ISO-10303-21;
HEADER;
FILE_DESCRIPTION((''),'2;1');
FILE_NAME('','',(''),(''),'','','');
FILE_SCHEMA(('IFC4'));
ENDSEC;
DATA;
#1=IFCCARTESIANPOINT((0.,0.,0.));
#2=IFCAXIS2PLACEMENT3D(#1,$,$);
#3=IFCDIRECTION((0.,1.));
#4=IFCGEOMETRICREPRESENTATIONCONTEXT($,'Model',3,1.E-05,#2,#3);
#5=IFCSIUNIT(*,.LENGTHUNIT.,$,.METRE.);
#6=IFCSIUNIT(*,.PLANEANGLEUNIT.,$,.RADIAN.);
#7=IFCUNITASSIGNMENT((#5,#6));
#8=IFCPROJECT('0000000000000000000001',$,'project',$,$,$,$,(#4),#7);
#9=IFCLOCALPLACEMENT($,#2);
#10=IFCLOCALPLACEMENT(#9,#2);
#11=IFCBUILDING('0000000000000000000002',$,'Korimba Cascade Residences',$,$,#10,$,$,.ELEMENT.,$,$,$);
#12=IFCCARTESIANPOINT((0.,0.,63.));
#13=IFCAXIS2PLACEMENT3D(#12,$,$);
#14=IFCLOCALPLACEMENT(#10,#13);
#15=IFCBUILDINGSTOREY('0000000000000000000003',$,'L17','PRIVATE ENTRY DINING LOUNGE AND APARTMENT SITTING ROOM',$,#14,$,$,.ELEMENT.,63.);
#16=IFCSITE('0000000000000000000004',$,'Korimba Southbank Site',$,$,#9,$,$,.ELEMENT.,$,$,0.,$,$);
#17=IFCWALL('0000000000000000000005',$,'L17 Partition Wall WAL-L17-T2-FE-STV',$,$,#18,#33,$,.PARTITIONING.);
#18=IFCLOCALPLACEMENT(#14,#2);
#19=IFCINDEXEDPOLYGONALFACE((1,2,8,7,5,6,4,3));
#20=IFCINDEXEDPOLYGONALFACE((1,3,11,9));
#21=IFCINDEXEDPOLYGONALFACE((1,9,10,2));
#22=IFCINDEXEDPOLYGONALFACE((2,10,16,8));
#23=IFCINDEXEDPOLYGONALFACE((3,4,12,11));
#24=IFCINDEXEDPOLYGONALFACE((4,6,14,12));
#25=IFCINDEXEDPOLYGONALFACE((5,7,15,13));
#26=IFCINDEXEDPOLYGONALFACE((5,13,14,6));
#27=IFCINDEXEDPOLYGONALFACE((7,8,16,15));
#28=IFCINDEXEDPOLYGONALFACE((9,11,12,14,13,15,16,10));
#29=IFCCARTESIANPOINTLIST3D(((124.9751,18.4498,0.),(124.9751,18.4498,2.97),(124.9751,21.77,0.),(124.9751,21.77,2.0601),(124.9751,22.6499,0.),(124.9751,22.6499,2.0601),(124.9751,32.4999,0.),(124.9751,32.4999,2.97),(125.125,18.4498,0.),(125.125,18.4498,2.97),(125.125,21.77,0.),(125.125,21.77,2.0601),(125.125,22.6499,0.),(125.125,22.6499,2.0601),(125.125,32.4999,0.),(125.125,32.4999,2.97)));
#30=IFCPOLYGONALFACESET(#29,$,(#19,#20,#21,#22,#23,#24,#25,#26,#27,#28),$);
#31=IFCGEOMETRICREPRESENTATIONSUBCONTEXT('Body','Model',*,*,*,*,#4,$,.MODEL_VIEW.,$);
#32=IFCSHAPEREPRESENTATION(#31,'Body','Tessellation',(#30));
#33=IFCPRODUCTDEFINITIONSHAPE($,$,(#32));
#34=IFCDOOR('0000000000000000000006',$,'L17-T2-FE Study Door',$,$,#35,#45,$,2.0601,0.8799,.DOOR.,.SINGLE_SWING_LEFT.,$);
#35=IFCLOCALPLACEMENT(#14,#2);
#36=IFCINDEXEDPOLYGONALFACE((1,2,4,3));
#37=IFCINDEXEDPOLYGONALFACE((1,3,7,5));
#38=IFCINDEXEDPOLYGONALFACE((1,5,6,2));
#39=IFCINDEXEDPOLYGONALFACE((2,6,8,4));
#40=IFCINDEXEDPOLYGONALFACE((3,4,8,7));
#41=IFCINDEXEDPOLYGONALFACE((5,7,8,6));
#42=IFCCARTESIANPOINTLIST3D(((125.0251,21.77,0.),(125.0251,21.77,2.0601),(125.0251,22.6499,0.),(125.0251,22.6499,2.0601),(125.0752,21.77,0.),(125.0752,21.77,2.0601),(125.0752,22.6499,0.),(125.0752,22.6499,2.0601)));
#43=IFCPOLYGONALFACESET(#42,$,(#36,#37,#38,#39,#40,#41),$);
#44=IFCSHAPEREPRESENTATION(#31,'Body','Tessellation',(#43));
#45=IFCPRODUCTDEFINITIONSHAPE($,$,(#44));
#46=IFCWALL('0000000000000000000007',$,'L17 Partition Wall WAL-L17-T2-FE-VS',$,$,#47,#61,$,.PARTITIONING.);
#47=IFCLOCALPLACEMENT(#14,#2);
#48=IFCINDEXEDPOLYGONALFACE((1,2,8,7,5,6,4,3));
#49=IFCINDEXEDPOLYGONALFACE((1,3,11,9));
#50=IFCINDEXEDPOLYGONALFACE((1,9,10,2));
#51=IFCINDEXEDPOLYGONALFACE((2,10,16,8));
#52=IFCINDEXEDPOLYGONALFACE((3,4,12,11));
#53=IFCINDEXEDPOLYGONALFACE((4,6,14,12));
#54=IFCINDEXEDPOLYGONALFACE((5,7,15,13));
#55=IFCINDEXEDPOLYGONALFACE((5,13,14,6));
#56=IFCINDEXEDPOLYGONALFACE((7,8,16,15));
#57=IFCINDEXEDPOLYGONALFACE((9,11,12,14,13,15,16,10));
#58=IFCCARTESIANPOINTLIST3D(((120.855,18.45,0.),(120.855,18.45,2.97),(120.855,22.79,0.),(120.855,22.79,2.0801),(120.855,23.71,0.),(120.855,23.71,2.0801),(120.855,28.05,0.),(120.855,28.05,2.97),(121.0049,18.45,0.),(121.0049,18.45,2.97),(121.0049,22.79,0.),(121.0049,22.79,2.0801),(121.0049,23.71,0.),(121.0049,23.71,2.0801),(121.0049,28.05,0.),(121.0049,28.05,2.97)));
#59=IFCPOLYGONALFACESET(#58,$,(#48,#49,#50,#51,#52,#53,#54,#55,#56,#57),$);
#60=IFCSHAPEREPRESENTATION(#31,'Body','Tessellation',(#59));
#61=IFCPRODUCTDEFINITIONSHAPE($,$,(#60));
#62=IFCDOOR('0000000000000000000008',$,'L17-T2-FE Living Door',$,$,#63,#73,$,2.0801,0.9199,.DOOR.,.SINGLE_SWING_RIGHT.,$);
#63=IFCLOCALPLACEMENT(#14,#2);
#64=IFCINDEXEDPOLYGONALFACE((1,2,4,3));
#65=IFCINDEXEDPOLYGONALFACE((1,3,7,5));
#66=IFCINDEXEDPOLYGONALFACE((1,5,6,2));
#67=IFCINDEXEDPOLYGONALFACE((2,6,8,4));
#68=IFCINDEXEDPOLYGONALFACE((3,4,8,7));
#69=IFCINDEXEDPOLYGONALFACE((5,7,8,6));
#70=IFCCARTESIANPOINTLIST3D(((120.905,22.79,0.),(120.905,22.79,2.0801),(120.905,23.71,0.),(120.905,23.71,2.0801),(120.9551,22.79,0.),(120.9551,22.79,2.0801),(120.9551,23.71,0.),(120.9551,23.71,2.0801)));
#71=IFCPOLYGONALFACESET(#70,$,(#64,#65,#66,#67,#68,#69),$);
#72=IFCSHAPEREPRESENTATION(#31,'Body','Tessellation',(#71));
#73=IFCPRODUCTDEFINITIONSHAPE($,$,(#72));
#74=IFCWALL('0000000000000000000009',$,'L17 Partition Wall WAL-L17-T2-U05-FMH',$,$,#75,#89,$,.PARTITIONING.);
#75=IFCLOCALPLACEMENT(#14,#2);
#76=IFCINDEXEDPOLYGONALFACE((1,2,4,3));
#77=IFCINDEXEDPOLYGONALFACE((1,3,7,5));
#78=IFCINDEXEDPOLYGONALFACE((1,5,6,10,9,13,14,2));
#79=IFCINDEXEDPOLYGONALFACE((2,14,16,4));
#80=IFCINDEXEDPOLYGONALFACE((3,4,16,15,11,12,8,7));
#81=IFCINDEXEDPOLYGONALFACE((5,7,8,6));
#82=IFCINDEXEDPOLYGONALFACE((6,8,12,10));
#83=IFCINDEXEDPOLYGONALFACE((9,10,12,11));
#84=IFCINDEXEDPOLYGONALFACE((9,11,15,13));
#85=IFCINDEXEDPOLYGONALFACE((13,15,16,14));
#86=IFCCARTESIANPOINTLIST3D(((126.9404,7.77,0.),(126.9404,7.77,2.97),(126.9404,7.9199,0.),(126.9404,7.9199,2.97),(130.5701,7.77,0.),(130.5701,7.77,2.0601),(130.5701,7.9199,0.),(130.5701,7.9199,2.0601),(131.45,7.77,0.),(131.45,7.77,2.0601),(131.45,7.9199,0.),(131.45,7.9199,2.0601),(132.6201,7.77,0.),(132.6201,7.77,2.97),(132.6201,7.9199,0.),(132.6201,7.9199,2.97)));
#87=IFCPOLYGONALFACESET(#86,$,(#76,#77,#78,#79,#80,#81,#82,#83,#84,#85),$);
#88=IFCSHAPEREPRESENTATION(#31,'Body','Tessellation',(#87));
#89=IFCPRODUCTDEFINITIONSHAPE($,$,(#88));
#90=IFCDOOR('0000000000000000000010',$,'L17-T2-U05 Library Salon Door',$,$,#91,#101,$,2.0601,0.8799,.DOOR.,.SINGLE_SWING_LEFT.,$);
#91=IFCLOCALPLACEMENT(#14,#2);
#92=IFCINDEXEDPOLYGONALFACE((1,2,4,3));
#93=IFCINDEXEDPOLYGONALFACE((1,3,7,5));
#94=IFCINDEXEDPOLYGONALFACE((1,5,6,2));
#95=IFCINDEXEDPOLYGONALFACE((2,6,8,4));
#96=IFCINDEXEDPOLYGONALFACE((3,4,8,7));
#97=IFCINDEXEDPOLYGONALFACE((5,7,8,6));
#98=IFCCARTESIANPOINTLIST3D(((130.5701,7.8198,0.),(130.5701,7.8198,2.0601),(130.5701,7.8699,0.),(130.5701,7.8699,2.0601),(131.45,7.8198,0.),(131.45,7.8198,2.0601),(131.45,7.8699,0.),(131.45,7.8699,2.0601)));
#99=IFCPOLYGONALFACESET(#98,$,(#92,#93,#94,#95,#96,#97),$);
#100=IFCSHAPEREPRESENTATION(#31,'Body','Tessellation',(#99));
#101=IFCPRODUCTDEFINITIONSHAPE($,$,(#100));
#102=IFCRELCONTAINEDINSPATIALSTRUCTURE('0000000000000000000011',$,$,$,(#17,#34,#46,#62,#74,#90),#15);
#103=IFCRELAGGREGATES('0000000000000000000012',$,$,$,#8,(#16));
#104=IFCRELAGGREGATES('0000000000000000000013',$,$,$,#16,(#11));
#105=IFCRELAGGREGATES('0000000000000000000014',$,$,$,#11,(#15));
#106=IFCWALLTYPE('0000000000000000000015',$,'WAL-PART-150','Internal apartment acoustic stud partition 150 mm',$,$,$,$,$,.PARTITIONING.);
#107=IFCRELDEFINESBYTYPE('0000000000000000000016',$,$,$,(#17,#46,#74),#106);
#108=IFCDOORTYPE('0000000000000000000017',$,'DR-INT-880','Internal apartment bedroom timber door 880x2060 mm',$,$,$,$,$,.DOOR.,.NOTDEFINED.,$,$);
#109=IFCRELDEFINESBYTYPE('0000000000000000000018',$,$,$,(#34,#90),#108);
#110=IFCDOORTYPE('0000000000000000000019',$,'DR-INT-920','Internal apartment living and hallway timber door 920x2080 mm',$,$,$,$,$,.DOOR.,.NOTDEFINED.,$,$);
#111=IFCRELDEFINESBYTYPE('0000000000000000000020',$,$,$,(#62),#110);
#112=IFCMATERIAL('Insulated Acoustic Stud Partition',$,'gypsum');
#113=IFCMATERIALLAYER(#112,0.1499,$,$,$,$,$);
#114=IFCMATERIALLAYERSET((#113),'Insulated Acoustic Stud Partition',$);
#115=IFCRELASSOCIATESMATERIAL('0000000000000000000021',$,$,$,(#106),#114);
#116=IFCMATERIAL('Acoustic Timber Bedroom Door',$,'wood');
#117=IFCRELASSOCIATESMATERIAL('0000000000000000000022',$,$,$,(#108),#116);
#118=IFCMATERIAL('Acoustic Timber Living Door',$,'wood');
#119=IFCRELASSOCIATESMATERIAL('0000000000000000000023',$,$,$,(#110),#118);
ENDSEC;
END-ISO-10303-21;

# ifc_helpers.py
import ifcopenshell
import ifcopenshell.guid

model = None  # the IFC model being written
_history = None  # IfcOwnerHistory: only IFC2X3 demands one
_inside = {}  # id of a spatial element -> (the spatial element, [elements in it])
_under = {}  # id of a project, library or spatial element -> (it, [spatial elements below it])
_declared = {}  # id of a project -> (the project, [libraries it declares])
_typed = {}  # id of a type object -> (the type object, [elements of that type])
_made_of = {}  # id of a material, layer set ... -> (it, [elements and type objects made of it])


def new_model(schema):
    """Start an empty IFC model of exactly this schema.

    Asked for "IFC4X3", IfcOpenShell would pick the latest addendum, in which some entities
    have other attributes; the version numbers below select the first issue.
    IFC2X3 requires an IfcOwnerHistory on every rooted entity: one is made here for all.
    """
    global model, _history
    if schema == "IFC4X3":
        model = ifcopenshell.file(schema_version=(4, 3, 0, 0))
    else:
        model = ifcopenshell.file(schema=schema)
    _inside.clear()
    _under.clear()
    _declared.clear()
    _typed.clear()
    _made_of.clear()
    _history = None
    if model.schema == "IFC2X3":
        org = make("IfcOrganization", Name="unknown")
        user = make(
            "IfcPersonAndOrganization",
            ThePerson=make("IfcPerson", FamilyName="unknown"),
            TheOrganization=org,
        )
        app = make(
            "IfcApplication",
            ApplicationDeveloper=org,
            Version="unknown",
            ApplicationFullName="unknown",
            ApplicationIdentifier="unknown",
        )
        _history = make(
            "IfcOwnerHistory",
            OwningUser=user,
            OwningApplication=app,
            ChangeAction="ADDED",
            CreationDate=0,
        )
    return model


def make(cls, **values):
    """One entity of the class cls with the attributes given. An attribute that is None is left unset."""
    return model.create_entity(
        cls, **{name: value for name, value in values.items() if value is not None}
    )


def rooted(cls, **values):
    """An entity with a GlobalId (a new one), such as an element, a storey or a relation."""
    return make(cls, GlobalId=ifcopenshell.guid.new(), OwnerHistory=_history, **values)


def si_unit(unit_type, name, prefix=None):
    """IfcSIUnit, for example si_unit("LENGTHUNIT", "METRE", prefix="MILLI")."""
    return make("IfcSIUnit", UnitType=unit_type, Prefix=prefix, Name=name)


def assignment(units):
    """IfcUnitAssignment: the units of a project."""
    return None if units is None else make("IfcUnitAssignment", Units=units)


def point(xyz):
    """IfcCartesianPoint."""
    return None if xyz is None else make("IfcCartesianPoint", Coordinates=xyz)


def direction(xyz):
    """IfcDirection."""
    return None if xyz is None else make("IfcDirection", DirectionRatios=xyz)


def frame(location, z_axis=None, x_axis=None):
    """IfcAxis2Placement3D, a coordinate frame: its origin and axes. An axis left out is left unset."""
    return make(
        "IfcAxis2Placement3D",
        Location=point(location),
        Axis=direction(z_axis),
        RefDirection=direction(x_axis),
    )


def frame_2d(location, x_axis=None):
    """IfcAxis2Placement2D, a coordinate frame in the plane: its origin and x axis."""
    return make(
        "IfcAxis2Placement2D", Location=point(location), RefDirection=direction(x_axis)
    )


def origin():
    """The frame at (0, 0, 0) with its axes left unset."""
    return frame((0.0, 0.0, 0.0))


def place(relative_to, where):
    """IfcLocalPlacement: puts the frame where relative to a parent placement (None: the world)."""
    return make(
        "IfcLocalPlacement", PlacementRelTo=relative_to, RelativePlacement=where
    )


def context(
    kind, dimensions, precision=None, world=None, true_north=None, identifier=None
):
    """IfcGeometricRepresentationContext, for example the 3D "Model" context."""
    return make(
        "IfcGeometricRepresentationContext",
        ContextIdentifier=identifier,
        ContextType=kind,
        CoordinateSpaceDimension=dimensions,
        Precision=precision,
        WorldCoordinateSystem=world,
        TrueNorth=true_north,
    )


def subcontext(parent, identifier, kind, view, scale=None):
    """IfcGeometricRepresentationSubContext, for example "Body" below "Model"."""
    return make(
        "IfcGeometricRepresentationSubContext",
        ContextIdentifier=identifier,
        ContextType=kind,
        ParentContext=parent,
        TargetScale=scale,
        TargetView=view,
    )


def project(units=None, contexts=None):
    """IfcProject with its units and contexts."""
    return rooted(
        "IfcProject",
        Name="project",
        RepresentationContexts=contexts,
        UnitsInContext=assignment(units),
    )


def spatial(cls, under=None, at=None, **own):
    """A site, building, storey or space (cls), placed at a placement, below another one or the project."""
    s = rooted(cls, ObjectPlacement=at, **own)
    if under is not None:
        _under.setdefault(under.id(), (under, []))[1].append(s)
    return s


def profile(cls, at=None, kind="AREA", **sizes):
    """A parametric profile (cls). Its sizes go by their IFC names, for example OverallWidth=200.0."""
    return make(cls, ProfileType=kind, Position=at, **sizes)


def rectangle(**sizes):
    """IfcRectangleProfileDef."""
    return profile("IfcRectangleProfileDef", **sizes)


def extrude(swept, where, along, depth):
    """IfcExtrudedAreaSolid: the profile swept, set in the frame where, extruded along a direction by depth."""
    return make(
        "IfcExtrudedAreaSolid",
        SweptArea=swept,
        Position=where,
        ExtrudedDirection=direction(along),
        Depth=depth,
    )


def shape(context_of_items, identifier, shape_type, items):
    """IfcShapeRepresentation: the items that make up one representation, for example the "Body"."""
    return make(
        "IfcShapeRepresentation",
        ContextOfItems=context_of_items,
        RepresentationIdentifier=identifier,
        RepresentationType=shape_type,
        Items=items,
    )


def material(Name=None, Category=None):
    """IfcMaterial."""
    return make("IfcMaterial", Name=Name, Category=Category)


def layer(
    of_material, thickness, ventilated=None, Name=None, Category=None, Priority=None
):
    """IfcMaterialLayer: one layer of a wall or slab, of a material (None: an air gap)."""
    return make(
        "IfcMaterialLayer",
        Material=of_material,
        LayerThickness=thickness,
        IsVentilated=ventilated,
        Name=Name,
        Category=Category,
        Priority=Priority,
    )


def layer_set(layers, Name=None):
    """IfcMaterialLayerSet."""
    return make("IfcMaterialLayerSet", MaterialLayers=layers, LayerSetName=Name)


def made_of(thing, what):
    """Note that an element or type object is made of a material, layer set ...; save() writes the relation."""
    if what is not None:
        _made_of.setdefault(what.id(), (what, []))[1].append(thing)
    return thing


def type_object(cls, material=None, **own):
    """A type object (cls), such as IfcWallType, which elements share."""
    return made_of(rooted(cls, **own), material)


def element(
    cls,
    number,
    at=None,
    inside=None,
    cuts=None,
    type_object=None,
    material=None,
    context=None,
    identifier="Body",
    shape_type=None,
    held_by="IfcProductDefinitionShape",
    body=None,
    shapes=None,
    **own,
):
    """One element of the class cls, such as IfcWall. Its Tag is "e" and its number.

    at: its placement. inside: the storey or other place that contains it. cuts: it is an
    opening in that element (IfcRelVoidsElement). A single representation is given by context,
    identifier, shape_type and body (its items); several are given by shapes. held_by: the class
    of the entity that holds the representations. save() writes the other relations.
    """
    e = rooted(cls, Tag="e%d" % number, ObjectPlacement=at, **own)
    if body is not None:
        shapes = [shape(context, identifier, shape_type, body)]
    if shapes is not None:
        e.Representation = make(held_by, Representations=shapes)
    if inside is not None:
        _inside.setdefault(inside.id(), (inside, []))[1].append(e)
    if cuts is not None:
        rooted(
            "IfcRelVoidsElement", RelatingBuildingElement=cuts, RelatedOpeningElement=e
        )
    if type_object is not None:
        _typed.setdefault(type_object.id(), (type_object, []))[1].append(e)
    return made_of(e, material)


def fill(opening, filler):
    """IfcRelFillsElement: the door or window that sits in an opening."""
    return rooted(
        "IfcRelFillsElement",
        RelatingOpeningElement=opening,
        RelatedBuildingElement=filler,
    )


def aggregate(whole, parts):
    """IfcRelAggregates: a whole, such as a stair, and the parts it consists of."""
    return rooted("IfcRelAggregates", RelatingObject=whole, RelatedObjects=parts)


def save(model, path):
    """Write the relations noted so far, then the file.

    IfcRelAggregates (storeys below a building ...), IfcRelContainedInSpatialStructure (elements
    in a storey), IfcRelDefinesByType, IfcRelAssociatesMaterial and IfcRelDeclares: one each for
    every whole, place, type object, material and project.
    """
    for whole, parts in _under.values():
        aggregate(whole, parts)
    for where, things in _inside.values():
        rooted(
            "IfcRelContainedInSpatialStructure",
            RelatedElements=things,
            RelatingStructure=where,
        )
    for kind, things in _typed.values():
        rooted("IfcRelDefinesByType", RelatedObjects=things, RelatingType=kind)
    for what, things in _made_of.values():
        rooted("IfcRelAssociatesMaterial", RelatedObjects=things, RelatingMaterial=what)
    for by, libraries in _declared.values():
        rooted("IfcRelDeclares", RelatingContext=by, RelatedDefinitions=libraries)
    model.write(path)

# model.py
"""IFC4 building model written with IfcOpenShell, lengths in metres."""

from ifc_helpers import new_model, si_unit, direction, frame, frame_2d, origin, place, context, subcontext, project, spatial, rectangle, extrude, material, layer, layer_set, type_object, element, fill, save


model = new_model("IFC4")

# Units and contexts
model_context = context("Model", 3, precision=1e-05, world=origin(), true_north=direction((0.0, 1.0)))
body_context = subcontext(model_context, "Body", "Model", "MODEL_VIEW")
ifc_project = project(units=[si_unit("LENGTHUNIT", "METRE"), si_unit("PLANEANGLEUNIT", "RADIAN")], contexts=[model_context])

# Site, building, storey
site_placement = place(None, origin())
site = spatial("IfcSite", under=ifc_project, at=site_placement, Name="Korimba Southbank Site", CompositionType="ELEMENT", RefElevation=0.0)
building_placement = place(site_placement, origin())
building = spatial("IfcBuilding", under=site, at=building_placement, Name="Korimba Cascade Residences", CompositionType="ELEMENT")
storey_placement = place(building_placement, frame((0.0, 0.0, 63.0)))
storey = spatial("IfcBuildingStorey", under=building, at=storey_placement, Name="L17", Description="PRIVATE ENTRY DINING LOUNGE AND APARTMENT SITTING ROOM", CompositionType="ELEMENT", Elevation=63.0)

# Walls, openings, doors
ifc_material_1 = material(Name="Insulated Acoustic Stud Partition", Category="gypsum")
ifc_layer_1 = layer(ifc_material_1, 0.1499)
ifc_layer_set_1 = layer_set([ifc_layer_1], Name="Insulated Acoustic Stud Partition")
wall_type_1 = type_object("IfcWallType", Name="WAL-PART-150", Description="Internal apartment acoustic stud partition 150 mm", PredefinedType="PARTITIONING", material=ifc_layer_set_1)
wall_1_placement = place(storey_placement, frame((125.05, 18.45, 0.0), z_axis=(0.0, 0.0, 1.0), x_axis=(0.0, 1.0, 0.0)))
wall_1 = element("IfcWall", 1, at=wall_1_placement, inside=storey, type_object=wall_type_1, Name="L17 Partition Wall WAL-L17-T2-FE-STV", PredefinedType="PARTITIONING", context=body_context, shape_type="SweptSolid", body=[
    extrude(rectangle(XDim=14.05, YDim=0.1499, at=frame_2d((7.0249, 0.0))), origin(), (0.0, 0.0, 1.0), 2.97),
])
opening_1_placement = place(wall_1_placement, frame((3.3201, 0.0, 0.0)))
opening_1 = element("IfcOpeningElement", 2, at=opening_1_placement, cuts=wall_1, PredefinedType="OPENING", context=body_context, shape_type="SweptSolid", body=[
    extrude(rectangle(XDim=0.8799, YDim=2.0601, at=frame_2d((0.4399, 1.03))), frame((0.0, 0.085, 0.0), z_axis=(0.0, -1.0, 0.0), x_axis=(1.0, 0.0, 0.0)), (0.0, 0.0, 1.0), 0.1699),
])
ifc_material_2 = material(Name="Acoustic Timber Bedroom Door", Category="wood")
door_type_1 = type_object("IfcDoorType", Name="DR-INT-880", Description="Internal apartment bedroom timber door 880x2060 mm", OperationType="NOTDEFINED", PredefinedType="DOOR", material=ifc_material_2)
door_1_placement = place(opening_1_placement, origin())
door_1 = element("IfcDoor", 3, at=door_1_placement, inside=storey, type_object=door_type_1, Name="L17-T2-FE Study Door", OperationType="SINGLE_SWING_LEFT", OverallHeight=2.0601, OverallWidth=0.8799, PredefinedType="DOOR", context=body_context, shape_type="SweptSolid", body=[
    extrude(rectangle(XDim=0.8799, YDim=2.0601, at=frame_2d((0.4399, 1.03))), frame((0.0, 0.0249, 0.0), z_axis=(0.0, -1.0, 0.0), x_axis=(1.0, 0.0, 0.0)), (0.0, 0.0, 1.0), 0.05),
])
fill(opening_1, door_1)
wall_2_placement = place(storey_placement, frame((120.9299, 18.45, 0.0), z_axis=(0.0, 0.0, 1.0), x_axis=(0.0, 1.0, 0.0)))
wall_2 = element("IfcWall", 4, at=wall_2_placement, inside=storey, type_object=wall_type_1, Name="L17 Partition Wall WAL-L17-T2-FE-VS", PredefinedType="PARTITIONING", context=body_context, shape_type="SweptSolid", body=[
    extrude(rectangle(XDim=9.6001, YDim=0.1499, at=frame_2d((4.8, 0.0))), origin(), (0.0, 0.0, 1.0), 2.97),
])
opening_2_placement = place(wall_2_placement, frame((4.3401, 0.0, 0.0)))
opening_2 = element("IfcOpeningElement", 5, at=opening_2_placement, cuts=wall_2, PredefinedType="OPENING", context=body_context, shape_type="SweptSolid", body=[
    extrude(rectangle(XDim=0.9199, YDim=2.0801, at=frame_2d((0.46, 1.04))), frame((0.0, 0.085, 0.0), z_axis=(0.0, -1.0, 0.0), x_axis=(1.0, 0.0, 0.0)), (0.0, 0.0, 1.0), 0.1699),
])
ifc_material_3 = material(Name="Acoustic Timber Living Door", Category="wood")
door_type_2 = type_object("IfcDoorType", Name="DR-INT-920", Description="Internal apartment living and hallway timber door 920x2080 mm", OperationType="NOTDEFINED", PredefinedType="DOOR", material=ifc_material_3)
door_2_placement = place(opening_2_placement, origin())
door_2 = element("IfcDoor", 6, at=door_2_placement, inside=storey, type_object=door_type_2, Name="L17-T2-FE Living Door", OperationType="SINGLE_SWING_RIGHT", OverallHeight=2.0801, OverallWidth=0.9199, PredefinedType="DOOR", context=body_context, shape_type="SweptSolid", body=[
    extrude(rectangle(XDim=0.9199, YDim=2.0801, at=frame_2d((0.46, 1.04))), frame((0.0, 0.0249, 0.0), z_axis=(0.0, -1.0, 0.0), x_axis=(1.0, 0.0, 0.0)), (0.0, 0.0, 1.0), 0.05),
])
fill(opening_2, door_2)
wall_3_placement = place(storey_placement, frame((126.9404, 7.845, 0.0), z_axis=(0.0, 0.0, 1.0), x_axis=(1.0, 0.0, 0.0)))
wall_3 = element("IfcWall", 7, at=wall_3_placement, inside=storey, type_object=wall_type_1, Name="L17 Partition Wall WAL-L17-T2-U05-FMH", PredefinedType="PARTITIONING", context=body_context, shape_type="SweptSolid", body=[
    extrude(rectangle(XDim=5.6797, YDim=0.1499, at=frame_2d((2.8398, 0.0))), origin(), (0.0, 0.0, 1.0), 2.97),
])
opening_3_placement = place(wall_3_placement, frame((3.6296, 0.0, 0.0)))
opening_3 = element("IfcOpeningElement", 8, at=opening_3_placement, cuts=wall_3, PredefinedType="OPENING", context=body_context, shape_type="SweptSolid", body=[
    extrude(rectangle(XDim=0.8799, YDim=2.0601, at=frame_2d((0.4399, 1.03))), frame((0.0, 0.085, 0.0), z_axis=(0.0, -1.0, 0.0), x_axis=(1.0, 0.0, 0.0)), (0.0, 0.0, 1.0), 0.1699),
])
door_3_placement = place(opening_3_placement, origin())
door_3 = element("IfcDoor", 9, at=door_3_placement, inside=storey, type_object=door_type_1, Name="L17-T2-U05 Library Salon Door", OperationType="SINGLE_SWING_LEFT", OverallHeight=2.0601, OverallWidth=0.8799, PredefinedType="DOOR", context=body_context, shape_type="SweptSolid", body=[
    extrude(rectangle(XDim=0.8799, YDim=2.0601, at=frame_2d((0.4399, 1.03))), frame((0.0, 0.0249, 0.0), z_axis=(0.0, -1.0, 0.0), x_axis=(1.0, 0.0, 0.0)), (0.0, 0.0, 1.0), 0.05),
])
fill(opening_3, door_3)

save(model, "model.ifc")
